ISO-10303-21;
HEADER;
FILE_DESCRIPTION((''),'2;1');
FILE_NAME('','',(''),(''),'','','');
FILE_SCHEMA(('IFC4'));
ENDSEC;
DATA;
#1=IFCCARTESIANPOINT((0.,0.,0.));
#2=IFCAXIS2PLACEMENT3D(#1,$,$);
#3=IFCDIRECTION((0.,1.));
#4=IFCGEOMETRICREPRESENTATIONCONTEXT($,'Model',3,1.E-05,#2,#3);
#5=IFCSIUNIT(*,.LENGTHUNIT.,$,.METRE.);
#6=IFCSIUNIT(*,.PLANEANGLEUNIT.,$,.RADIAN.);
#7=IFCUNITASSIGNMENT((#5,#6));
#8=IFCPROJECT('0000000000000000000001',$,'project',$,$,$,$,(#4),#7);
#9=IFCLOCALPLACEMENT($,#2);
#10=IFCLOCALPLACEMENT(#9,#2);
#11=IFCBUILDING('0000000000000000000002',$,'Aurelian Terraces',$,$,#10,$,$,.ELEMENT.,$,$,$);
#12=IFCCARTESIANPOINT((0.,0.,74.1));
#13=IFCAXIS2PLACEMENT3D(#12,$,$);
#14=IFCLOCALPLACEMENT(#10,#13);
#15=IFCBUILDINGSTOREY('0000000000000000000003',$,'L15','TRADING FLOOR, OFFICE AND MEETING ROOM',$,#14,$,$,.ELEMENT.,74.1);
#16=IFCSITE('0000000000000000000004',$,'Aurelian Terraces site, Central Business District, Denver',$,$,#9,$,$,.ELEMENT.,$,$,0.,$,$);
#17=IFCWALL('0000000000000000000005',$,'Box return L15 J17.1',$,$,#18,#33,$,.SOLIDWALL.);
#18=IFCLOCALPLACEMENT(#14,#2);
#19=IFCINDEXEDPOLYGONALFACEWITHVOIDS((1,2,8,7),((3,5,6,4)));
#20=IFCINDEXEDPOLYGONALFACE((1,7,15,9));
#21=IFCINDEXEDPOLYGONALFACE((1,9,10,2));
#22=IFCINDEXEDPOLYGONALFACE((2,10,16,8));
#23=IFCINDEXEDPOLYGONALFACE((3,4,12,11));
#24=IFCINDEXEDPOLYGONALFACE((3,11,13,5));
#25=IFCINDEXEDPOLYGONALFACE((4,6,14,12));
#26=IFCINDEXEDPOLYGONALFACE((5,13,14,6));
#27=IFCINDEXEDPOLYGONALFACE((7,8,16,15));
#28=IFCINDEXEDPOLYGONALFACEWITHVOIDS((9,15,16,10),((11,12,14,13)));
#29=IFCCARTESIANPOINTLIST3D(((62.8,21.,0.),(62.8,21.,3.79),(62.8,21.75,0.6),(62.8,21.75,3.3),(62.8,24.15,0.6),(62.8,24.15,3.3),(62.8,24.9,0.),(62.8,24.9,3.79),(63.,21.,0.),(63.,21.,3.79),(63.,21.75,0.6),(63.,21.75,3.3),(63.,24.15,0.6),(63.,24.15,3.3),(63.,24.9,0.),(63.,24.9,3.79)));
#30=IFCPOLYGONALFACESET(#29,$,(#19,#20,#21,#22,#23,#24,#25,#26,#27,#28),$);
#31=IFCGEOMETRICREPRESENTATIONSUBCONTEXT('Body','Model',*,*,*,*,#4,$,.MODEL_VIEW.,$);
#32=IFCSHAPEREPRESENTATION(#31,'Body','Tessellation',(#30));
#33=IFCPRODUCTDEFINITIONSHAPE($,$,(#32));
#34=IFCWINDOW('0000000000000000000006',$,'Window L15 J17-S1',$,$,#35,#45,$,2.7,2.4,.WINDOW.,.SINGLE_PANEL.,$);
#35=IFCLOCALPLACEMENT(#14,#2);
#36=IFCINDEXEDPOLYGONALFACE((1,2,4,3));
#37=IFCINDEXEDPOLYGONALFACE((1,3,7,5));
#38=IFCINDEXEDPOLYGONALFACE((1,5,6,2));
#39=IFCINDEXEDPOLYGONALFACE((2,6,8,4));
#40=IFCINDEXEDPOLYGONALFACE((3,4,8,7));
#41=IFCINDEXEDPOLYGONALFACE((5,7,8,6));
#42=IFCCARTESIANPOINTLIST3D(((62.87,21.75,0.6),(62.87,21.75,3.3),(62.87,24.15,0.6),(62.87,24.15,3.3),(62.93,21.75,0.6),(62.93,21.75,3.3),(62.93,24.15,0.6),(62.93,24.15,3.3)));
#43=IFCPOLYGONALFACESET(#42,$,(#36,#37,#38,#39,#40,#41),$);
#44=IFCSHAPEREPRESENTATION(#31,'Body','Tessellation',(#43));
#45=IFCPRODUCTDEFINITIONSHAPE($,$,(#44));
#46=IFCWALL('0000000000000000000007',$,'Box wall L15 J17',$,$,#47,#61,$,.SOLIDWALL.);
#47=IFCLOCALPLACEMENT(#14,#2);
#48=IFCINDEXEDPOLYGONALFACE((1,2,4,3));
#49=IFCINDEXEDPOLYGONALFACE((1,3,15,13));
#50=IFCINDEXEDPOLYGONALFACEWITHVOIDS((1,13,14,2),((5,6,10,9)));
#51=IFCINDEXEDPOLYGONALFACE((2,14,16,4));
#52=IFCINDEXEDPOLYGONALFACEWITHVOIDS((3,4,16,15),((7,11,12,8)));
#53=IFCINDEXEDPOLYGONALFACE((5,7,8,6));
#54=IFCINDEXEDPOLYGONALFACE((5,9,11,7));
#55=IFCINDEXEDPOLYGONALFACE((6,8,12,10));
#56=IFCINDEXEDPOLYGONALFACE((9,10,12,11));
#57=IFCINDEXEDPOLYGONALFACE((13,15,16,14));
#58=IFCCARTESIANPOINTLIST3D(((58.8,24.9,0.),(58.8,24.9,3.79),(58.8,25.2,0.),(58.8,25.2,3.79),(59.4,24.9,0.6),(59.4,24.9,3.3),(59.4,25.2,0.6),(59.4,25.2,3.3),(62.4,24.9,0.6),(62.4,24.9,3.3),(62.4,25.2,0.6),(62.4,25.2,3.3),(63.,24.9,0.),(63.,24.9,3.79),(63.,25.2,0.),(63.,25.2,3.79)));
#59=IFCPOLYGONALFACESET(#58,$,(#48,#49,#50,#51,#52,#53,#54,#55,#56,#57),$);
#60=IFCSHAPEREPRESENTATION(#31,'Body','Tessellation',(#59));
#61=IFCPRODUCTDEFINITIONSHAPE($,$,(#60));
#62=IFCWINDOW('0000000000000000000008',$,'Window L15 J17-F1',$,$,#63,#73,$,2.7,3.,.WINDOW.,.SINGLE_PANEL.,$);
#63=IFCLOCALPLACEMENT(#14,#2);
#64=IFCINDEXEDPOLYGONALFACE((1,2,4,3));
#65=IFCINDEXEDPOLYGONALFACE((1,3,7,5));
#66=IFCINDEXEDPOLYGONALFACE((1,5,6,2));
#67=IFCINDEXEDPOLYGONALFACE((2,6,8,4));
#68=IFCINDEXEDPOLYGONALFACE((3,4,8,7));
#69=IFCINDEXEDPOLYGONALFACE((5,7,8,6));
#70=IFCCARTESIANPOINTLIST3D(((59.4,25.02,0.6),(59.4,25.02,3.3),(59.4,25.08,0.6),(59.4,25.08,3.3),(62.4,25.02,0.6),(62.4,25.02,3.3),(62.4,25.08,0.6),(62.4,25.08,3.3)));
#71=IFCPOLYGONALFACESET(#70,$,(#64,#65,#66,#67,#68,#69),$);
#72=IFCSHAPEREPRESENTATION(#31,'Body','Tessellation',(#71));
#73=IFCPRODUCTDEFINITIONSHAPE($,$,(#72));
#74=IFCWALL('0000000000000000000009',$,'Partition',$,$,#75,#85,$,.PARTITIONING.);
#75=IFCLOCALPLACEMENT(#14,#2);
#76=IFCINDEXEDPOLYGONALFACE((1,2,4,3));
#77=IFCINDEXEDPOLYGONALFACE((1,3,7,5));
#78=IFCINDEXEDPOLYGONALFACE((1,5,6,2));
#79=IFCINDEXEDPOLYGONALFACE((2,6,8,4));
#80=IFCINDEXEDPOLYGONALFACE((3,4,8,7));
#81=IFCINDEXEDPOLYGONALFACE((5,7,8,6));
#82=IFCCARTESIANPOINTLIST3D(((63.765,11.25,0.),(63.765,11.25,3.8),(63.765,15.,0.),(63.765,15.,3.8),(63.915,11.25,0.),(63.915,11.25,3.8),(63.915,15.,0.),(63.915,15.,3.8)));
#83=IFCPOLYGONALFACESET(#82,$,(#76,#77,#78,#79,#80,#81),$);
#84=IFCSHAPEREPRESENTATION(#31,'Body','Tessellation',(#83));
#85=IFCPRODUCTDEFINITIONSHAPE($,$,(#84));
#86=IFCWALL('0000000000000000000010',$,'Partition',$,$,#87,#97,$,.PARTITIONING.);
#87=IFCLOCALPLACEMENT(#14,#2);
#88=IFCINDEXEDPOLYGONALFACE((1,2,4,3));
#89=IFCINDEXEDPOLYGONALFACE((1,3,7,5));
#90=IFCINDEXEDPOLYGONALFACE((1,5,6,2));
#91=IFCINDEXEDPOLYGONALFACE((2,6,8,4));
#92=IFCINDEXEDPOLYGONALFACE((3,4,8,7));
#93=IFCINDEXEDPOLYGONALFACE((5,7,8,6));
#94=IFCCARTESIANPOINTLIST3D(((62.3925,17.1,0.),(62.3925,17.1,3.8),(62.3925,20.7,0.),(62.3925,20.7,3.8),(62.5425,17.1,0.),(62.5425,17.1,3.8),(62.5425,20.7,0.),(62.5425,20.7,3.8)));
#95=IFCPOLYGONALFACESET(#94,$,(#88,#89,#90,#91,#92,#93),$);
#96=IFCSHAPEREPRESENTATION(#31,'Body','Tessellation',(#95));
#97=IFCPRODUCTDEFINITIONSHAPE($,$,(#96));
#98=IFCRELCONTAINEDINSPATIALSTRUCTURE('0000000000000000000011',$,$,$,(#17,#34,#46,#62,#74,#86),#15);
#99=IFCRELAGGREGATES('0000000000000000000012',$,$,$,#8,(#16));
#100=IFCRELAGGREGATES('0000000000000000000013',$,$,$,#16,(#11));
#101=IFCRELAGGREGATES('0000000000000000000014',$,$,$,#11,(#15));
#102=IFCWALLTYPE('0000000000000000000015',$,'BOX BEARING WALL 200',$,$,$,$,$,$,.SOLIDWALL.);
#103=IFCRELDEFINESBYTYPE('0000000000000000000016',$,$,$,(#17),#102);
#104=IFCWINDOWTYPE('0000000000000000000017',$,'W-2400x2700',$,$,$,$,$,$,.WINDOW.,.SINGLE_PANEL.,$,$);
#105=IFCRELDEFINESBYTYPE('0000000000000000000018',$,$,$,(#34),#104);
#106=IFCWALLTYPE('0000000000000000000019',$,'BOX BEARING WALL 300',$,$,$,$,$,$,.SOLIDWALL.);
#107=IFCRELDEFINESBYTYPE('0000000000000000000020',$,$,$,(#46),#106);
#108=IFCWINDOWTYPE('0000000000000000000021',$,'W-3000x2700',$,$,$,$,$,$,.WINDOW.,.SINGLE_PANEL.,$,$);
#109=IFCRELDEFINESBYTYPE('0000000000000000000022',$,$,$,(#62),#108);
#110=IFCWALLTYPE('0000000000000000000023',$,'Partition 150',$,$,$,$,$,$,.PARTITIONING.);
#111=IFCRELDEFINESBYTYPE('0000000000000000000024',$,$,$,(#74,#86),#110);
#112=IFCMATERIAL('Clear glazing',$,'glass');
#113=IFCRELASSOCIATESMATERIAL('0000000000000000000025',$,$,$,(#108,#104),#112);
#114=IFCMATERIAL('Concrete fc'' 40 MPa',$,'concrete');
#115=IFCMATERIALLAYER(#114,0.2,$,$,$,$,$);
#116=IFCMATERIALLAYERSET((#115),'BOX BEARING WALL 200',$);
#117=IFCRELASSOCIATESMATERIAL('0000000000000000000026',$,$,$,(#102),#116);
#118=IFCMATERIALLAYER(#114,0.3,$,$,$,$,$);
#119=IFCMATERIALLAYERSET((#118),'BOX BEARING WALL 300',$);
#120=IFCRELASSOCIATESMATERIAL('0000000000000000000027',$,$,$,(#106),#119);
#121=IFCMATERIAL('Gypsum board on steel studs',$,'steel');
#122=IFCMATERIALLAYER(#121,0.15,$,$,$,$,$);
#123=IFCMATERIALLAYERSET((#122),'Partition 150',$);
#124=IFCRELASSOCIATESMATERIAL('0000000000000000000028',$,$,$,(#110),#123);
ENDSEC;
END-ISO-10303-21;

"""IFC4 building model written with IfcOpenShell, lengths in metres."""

from ifc_helpers import new_model, si_unit, direction, frame, frame_2d, origin, place, context, subcontext, project, spatial, rectangle, extrude, source, transform, mapped, material, layer, layer_set, type_object, element, fill, save


model = new_model("IFC4")

# Units and contexts
model_context = context("Model", 3, precision=1e-05, world=origin(), true_north=direction((0.0, 1.0)))
body_context = subcontext(model_context, "Body", "Model", "MODEL_VIEW")
ifc_project = project(units=[si_unit("LENGTHUNIT", "METRE"), si_unit("PLANEANGLEUNIT", "RADIAN")], contexts=[model_context])

# Site, building, storey
site_placement = place(None, origin())
site = spatial("IfcSite", under=ifc_project, at=site_placement, Name="Aurelian Terraces site, Central Business District, Denver", CompositionType="ELEMENT", RefElevation=0.0)
building_placement = place(site_placement, origin())
building = spatial("IfcBuilding", under=site, at=building_placement, Name="Aurelian Terraces", CompositionType="ELEMENT")
storey_placement = place(building_placement, frame((0.0, 0.0, 74.1)))
storey = spatial("IfcBuildingStorey", under=building, at=storey_placement, Name="L15", Description="TRADING FLOOR, OFFICE AND MEETING ROOM", CompositionType="ELEMENT", Elevation=74.1)

# Walls, openings, windows
ifc_material_1 = material(Name="Clear glazing", Category="glass")
shared_shape_1 = source(origin(), body_context, "Body", "SweptSolid", [
    extrude(rectangle(XDim=3.0, YDim=2.7, at=frame_2d((1.5, 1.35))), frame((0.0, 0.16, 0.0), z_axis=(0.0, -1.0, 0.0), x_axis=(1.0, 0.0, 0.0)), (0.0, 0.0, 1.0), 0.32),
])
window_type_1 = type_object("IfcWindowType", Name="W-3000x2700", PartitioningType="SINGLE_PANEL", PredefinedType="WINDOW", material=ifc_material_1)
shared_shape_2 = source(origin(), body_context, "Body", "SweptSolid", [
    extrude(rectangle(XDim=3.0, YDim=2.7, at=frame_2d((1.5, 1.35))), frame((0.0, 0.03, 0.0), z_axis=(0.0, -1.0, 0.0), x_axis=(1.0, 0.0, 0.0)), (0.0, 0.0, 1.0), 0.06),
])
ifc_material_2 = material(Name="Concrete fc' 40 MPa", Category="concrete")
ifc_layer_1 = layer(ifc_material_2, 0.2)
ifc_layer_set_1 = layer_set([ifc_layer_1], Name="BOX BEARING WALL 200")
wall_type_1 = type_object("IfcWallType", Name="BOX BEARING WALL 200", PredefinedType="SOLIDWALL", material=ifc_layer_set_1)
shared_shape_3 = source(origin(), body_context, "Body", "SweptSolid", [
    extrude(rectangle(XDim=3.9, YDim=0.2, at=frame_2d((1.95, 0.0))), origin(), (0.0, 0.0, 1.0), 3.79),
])
wall_1_placement = place(storey_placement, frame((62.9, 21.0, 0.0), z_axis=(0.0, 0.0, 1.0), x_axis=(0.0, 1.0, 0.0)))
wall_1 = element("IfcWall", 1, at=wall_1_placement, inside=storey, type_object=wall_type_1, Name="Box return L15 J17.1", PredefinedType="SOLIDWALL", context=body_context, shape_type="MappedRepresentation", body=[
    mapped(shared_shape_3, transform((0.0, 0.0, 0.0), scale=1.0)),
])
shared_shape_4 = source(origin(), body_context, "Body", "SweptSolid", [
    extrude(rectangle(XDim=2.4, YDim=2.7, at=frame_2d((1.2, 1.35))), frame((0.0, 0.11, 0.0), z_axis=(0.0, -1.0, 0.0), x_axis=(1.0, 0.0, 0.0)), (0.0, 0.0, 1.0), 0.22),
])
opening_1_placement = place(wall_1_placement, frame((0.75, 0.0, 0.6)))
opening_1 = element("IfcOpeningElement", 2, at=opening_1_placement, cuts=wall_1, PredefinedType="OPENING", context=body_context, shape_type="MappedRepresentation", body=[
    mapped(shared_shape_4, transform((0.0, 0.0, 0.0), scale=1.0)),
])
window_type_2 = type_object("IfcWindowType", Name="W-2400x2700", PartitioningType="SINGLE_PANEL", PredefinedType="WINDOW", material=ifc_material_1)
shared_shape_5 = source(origin(), body_context, "Body", "SweptSolid", [
    extrude(rectangle(XDim=2.4, YDim=2.7, at=frame_2d((1.2, 1.35))), frame((0.0, 0.03, 0.0), z_axis=(0.0, -1.0, 0.0), x_axis=(1.0, 0.0, 0.0)), (0.0, 0.0, 1.0), 0.06),
])
window_1_placement = place(opening_1_placement, origin())
window_1 = element("IfcWindow", 3, at=window_1_placement, inside=storey, type_object=window_type_2, Name="Window L15 J17-S1", OverallHeight=2.7, OverallWidth=2.4, PartitioningType="SINGLE_PANEL", PredefinedType="WINDOW", context=body_context, shape_type="MappedRepresentation", body=[
    mapped(shared_shape_5, transform((0.0, 0.0, 0.0), scale=1.0)),
])
fill(opening_1, window_1)
ifc_layer_2 = layer(ifc_material_2, 0.3)
ifc_layer_set_2 = layer_set([ifc_layer_2], Name="BOX BEARING WALL 300")
wall_type_2 = type_object("IfcWallType", Name="BOX BEARING WALL 300", PredefinedType="SOLIDWALL", material=ifc_layer_set_2)
shared_shape_6 = source(origin(), body_context, "Body", "SweptSolid", [
    extrude(rectangle(XDim=4.2, YDim=0.3, at=frame_2d((2.1, 0.0))), origin(), (0.0, 0.0, 1.0), 3.79),
])
wall_2_placement = place(storey_placement, frame((63.0, 25.05, 0.0), z_axis=(0.0, 0.0, 1.0), x_axis=(-1.0, 0.0, 0.0)))
wall_2 = element("IfcWall", 4, at=wall_2_placement, inside=storey, type_object=wall_type_2, Name="Box wall L15 J17", PredefinedType="SOLIDWALL", context=body_context, shape_type="MappedRepresentation", body=[
    mapped(shared_shape_6, transform((0.0, 0.0, 0.0), scale=1.0)),
])
opening_2_placement = place(wall_2_placement, frame((0.6, 0.0, 0.6)))
opening_2 = element("IfcOpeningElement", 5, at=opening_2_placement, cuts=wall_2, PredefinedType="OPENING", context=body_context, shape_type="MappedRepresentation", body=[
    mapped(shared_shape_1, transform((0.0, 0.0, 0.0), scale=1.0)),
])
window_2_placement = place(opening_2_placement, origin())
window_2 = element("IfcWindow", 6, at=window_2_placement, inside=storey, type_object=window_type_1, Name="Window L15 J17-F1", OverallHeight=2.7, OverallWidth=3.0, PartitioningType="SINGLE_PANEL", PredefinedType="WINDOW", context=body_context, shape_type="MappedRepresentation", body=[
    mapped(shared_shape_2, transform((0.0, 0.0, 0.0), scale=1.0)),
])
fill(opening_2, window_2)

# Walls
ifc_material_3 = material(Name="Gypsum board on steel studs", Category="steel")
ifc_layer_3 = layer(ifc_material_3, 0.15)
ifc_layer_set_3 = layer_set([ifc_layer_3], Name="Partition 150")
wall_type_3 = type_object("IfcWallType", Name="Partition 150", PredefinedType="PARTITIONING", material=ifc_layer_set_3)
shared_shape_7 = source(origin(), body_context, "Body", "SweptSolid", [
    extrude(rectangle(XDim=3.75, YDim=0.15, at=frame_2d((1.875, 0.0))), origin(), (0.0, 0.0, 1.0), 3.8),
])
wall_3_placement = place(storey_placement, frame((63.84, 11.25, 0.0), z_axis=(0.0, 0.0, 1.0), x_axis=(0.0, 1.0, 0.0)))
element("IfcWall", 7, at=wall_3_placement, inside=storey, type_object=wall_type_3, Name="Partition", PredefinedType="PARTITIONING", context=body_context, shape_type="MappedRepresentation", body=[
    mapped(shared_shape_7, transform((0.0, 0.0, 0.0), scale=1.0)),
])
shared_shape_8 = source(origin(), body_context, "Body", "SweptSolid", [
    extrude(rectangle(XDim=3.6, YDim=0.15, at=frame_2d((1.8, 0.0))), origin(), (0.0, 0.0, 1.0), 3.8),
])
wall_4_placement = place(storey_placement, frame((62.4675, 20.7, 0.0), z_axis=(0.0, 0.0, 1.0), x_axis=(0.0, -1.0, 0.0)))
element("IfcWall", 8, at=wall_4_placement, inside=storey, type_object=wall_type_3, Name="Partition", PredefinedType="PARTITIONING", context=body_context, shape_type="MappedRepresentation", body=[
    mapped(shared_shape_8, transform((0.0, 0.0, 0.0), scale=1.0)),
])

save(model, "model.ifc")
